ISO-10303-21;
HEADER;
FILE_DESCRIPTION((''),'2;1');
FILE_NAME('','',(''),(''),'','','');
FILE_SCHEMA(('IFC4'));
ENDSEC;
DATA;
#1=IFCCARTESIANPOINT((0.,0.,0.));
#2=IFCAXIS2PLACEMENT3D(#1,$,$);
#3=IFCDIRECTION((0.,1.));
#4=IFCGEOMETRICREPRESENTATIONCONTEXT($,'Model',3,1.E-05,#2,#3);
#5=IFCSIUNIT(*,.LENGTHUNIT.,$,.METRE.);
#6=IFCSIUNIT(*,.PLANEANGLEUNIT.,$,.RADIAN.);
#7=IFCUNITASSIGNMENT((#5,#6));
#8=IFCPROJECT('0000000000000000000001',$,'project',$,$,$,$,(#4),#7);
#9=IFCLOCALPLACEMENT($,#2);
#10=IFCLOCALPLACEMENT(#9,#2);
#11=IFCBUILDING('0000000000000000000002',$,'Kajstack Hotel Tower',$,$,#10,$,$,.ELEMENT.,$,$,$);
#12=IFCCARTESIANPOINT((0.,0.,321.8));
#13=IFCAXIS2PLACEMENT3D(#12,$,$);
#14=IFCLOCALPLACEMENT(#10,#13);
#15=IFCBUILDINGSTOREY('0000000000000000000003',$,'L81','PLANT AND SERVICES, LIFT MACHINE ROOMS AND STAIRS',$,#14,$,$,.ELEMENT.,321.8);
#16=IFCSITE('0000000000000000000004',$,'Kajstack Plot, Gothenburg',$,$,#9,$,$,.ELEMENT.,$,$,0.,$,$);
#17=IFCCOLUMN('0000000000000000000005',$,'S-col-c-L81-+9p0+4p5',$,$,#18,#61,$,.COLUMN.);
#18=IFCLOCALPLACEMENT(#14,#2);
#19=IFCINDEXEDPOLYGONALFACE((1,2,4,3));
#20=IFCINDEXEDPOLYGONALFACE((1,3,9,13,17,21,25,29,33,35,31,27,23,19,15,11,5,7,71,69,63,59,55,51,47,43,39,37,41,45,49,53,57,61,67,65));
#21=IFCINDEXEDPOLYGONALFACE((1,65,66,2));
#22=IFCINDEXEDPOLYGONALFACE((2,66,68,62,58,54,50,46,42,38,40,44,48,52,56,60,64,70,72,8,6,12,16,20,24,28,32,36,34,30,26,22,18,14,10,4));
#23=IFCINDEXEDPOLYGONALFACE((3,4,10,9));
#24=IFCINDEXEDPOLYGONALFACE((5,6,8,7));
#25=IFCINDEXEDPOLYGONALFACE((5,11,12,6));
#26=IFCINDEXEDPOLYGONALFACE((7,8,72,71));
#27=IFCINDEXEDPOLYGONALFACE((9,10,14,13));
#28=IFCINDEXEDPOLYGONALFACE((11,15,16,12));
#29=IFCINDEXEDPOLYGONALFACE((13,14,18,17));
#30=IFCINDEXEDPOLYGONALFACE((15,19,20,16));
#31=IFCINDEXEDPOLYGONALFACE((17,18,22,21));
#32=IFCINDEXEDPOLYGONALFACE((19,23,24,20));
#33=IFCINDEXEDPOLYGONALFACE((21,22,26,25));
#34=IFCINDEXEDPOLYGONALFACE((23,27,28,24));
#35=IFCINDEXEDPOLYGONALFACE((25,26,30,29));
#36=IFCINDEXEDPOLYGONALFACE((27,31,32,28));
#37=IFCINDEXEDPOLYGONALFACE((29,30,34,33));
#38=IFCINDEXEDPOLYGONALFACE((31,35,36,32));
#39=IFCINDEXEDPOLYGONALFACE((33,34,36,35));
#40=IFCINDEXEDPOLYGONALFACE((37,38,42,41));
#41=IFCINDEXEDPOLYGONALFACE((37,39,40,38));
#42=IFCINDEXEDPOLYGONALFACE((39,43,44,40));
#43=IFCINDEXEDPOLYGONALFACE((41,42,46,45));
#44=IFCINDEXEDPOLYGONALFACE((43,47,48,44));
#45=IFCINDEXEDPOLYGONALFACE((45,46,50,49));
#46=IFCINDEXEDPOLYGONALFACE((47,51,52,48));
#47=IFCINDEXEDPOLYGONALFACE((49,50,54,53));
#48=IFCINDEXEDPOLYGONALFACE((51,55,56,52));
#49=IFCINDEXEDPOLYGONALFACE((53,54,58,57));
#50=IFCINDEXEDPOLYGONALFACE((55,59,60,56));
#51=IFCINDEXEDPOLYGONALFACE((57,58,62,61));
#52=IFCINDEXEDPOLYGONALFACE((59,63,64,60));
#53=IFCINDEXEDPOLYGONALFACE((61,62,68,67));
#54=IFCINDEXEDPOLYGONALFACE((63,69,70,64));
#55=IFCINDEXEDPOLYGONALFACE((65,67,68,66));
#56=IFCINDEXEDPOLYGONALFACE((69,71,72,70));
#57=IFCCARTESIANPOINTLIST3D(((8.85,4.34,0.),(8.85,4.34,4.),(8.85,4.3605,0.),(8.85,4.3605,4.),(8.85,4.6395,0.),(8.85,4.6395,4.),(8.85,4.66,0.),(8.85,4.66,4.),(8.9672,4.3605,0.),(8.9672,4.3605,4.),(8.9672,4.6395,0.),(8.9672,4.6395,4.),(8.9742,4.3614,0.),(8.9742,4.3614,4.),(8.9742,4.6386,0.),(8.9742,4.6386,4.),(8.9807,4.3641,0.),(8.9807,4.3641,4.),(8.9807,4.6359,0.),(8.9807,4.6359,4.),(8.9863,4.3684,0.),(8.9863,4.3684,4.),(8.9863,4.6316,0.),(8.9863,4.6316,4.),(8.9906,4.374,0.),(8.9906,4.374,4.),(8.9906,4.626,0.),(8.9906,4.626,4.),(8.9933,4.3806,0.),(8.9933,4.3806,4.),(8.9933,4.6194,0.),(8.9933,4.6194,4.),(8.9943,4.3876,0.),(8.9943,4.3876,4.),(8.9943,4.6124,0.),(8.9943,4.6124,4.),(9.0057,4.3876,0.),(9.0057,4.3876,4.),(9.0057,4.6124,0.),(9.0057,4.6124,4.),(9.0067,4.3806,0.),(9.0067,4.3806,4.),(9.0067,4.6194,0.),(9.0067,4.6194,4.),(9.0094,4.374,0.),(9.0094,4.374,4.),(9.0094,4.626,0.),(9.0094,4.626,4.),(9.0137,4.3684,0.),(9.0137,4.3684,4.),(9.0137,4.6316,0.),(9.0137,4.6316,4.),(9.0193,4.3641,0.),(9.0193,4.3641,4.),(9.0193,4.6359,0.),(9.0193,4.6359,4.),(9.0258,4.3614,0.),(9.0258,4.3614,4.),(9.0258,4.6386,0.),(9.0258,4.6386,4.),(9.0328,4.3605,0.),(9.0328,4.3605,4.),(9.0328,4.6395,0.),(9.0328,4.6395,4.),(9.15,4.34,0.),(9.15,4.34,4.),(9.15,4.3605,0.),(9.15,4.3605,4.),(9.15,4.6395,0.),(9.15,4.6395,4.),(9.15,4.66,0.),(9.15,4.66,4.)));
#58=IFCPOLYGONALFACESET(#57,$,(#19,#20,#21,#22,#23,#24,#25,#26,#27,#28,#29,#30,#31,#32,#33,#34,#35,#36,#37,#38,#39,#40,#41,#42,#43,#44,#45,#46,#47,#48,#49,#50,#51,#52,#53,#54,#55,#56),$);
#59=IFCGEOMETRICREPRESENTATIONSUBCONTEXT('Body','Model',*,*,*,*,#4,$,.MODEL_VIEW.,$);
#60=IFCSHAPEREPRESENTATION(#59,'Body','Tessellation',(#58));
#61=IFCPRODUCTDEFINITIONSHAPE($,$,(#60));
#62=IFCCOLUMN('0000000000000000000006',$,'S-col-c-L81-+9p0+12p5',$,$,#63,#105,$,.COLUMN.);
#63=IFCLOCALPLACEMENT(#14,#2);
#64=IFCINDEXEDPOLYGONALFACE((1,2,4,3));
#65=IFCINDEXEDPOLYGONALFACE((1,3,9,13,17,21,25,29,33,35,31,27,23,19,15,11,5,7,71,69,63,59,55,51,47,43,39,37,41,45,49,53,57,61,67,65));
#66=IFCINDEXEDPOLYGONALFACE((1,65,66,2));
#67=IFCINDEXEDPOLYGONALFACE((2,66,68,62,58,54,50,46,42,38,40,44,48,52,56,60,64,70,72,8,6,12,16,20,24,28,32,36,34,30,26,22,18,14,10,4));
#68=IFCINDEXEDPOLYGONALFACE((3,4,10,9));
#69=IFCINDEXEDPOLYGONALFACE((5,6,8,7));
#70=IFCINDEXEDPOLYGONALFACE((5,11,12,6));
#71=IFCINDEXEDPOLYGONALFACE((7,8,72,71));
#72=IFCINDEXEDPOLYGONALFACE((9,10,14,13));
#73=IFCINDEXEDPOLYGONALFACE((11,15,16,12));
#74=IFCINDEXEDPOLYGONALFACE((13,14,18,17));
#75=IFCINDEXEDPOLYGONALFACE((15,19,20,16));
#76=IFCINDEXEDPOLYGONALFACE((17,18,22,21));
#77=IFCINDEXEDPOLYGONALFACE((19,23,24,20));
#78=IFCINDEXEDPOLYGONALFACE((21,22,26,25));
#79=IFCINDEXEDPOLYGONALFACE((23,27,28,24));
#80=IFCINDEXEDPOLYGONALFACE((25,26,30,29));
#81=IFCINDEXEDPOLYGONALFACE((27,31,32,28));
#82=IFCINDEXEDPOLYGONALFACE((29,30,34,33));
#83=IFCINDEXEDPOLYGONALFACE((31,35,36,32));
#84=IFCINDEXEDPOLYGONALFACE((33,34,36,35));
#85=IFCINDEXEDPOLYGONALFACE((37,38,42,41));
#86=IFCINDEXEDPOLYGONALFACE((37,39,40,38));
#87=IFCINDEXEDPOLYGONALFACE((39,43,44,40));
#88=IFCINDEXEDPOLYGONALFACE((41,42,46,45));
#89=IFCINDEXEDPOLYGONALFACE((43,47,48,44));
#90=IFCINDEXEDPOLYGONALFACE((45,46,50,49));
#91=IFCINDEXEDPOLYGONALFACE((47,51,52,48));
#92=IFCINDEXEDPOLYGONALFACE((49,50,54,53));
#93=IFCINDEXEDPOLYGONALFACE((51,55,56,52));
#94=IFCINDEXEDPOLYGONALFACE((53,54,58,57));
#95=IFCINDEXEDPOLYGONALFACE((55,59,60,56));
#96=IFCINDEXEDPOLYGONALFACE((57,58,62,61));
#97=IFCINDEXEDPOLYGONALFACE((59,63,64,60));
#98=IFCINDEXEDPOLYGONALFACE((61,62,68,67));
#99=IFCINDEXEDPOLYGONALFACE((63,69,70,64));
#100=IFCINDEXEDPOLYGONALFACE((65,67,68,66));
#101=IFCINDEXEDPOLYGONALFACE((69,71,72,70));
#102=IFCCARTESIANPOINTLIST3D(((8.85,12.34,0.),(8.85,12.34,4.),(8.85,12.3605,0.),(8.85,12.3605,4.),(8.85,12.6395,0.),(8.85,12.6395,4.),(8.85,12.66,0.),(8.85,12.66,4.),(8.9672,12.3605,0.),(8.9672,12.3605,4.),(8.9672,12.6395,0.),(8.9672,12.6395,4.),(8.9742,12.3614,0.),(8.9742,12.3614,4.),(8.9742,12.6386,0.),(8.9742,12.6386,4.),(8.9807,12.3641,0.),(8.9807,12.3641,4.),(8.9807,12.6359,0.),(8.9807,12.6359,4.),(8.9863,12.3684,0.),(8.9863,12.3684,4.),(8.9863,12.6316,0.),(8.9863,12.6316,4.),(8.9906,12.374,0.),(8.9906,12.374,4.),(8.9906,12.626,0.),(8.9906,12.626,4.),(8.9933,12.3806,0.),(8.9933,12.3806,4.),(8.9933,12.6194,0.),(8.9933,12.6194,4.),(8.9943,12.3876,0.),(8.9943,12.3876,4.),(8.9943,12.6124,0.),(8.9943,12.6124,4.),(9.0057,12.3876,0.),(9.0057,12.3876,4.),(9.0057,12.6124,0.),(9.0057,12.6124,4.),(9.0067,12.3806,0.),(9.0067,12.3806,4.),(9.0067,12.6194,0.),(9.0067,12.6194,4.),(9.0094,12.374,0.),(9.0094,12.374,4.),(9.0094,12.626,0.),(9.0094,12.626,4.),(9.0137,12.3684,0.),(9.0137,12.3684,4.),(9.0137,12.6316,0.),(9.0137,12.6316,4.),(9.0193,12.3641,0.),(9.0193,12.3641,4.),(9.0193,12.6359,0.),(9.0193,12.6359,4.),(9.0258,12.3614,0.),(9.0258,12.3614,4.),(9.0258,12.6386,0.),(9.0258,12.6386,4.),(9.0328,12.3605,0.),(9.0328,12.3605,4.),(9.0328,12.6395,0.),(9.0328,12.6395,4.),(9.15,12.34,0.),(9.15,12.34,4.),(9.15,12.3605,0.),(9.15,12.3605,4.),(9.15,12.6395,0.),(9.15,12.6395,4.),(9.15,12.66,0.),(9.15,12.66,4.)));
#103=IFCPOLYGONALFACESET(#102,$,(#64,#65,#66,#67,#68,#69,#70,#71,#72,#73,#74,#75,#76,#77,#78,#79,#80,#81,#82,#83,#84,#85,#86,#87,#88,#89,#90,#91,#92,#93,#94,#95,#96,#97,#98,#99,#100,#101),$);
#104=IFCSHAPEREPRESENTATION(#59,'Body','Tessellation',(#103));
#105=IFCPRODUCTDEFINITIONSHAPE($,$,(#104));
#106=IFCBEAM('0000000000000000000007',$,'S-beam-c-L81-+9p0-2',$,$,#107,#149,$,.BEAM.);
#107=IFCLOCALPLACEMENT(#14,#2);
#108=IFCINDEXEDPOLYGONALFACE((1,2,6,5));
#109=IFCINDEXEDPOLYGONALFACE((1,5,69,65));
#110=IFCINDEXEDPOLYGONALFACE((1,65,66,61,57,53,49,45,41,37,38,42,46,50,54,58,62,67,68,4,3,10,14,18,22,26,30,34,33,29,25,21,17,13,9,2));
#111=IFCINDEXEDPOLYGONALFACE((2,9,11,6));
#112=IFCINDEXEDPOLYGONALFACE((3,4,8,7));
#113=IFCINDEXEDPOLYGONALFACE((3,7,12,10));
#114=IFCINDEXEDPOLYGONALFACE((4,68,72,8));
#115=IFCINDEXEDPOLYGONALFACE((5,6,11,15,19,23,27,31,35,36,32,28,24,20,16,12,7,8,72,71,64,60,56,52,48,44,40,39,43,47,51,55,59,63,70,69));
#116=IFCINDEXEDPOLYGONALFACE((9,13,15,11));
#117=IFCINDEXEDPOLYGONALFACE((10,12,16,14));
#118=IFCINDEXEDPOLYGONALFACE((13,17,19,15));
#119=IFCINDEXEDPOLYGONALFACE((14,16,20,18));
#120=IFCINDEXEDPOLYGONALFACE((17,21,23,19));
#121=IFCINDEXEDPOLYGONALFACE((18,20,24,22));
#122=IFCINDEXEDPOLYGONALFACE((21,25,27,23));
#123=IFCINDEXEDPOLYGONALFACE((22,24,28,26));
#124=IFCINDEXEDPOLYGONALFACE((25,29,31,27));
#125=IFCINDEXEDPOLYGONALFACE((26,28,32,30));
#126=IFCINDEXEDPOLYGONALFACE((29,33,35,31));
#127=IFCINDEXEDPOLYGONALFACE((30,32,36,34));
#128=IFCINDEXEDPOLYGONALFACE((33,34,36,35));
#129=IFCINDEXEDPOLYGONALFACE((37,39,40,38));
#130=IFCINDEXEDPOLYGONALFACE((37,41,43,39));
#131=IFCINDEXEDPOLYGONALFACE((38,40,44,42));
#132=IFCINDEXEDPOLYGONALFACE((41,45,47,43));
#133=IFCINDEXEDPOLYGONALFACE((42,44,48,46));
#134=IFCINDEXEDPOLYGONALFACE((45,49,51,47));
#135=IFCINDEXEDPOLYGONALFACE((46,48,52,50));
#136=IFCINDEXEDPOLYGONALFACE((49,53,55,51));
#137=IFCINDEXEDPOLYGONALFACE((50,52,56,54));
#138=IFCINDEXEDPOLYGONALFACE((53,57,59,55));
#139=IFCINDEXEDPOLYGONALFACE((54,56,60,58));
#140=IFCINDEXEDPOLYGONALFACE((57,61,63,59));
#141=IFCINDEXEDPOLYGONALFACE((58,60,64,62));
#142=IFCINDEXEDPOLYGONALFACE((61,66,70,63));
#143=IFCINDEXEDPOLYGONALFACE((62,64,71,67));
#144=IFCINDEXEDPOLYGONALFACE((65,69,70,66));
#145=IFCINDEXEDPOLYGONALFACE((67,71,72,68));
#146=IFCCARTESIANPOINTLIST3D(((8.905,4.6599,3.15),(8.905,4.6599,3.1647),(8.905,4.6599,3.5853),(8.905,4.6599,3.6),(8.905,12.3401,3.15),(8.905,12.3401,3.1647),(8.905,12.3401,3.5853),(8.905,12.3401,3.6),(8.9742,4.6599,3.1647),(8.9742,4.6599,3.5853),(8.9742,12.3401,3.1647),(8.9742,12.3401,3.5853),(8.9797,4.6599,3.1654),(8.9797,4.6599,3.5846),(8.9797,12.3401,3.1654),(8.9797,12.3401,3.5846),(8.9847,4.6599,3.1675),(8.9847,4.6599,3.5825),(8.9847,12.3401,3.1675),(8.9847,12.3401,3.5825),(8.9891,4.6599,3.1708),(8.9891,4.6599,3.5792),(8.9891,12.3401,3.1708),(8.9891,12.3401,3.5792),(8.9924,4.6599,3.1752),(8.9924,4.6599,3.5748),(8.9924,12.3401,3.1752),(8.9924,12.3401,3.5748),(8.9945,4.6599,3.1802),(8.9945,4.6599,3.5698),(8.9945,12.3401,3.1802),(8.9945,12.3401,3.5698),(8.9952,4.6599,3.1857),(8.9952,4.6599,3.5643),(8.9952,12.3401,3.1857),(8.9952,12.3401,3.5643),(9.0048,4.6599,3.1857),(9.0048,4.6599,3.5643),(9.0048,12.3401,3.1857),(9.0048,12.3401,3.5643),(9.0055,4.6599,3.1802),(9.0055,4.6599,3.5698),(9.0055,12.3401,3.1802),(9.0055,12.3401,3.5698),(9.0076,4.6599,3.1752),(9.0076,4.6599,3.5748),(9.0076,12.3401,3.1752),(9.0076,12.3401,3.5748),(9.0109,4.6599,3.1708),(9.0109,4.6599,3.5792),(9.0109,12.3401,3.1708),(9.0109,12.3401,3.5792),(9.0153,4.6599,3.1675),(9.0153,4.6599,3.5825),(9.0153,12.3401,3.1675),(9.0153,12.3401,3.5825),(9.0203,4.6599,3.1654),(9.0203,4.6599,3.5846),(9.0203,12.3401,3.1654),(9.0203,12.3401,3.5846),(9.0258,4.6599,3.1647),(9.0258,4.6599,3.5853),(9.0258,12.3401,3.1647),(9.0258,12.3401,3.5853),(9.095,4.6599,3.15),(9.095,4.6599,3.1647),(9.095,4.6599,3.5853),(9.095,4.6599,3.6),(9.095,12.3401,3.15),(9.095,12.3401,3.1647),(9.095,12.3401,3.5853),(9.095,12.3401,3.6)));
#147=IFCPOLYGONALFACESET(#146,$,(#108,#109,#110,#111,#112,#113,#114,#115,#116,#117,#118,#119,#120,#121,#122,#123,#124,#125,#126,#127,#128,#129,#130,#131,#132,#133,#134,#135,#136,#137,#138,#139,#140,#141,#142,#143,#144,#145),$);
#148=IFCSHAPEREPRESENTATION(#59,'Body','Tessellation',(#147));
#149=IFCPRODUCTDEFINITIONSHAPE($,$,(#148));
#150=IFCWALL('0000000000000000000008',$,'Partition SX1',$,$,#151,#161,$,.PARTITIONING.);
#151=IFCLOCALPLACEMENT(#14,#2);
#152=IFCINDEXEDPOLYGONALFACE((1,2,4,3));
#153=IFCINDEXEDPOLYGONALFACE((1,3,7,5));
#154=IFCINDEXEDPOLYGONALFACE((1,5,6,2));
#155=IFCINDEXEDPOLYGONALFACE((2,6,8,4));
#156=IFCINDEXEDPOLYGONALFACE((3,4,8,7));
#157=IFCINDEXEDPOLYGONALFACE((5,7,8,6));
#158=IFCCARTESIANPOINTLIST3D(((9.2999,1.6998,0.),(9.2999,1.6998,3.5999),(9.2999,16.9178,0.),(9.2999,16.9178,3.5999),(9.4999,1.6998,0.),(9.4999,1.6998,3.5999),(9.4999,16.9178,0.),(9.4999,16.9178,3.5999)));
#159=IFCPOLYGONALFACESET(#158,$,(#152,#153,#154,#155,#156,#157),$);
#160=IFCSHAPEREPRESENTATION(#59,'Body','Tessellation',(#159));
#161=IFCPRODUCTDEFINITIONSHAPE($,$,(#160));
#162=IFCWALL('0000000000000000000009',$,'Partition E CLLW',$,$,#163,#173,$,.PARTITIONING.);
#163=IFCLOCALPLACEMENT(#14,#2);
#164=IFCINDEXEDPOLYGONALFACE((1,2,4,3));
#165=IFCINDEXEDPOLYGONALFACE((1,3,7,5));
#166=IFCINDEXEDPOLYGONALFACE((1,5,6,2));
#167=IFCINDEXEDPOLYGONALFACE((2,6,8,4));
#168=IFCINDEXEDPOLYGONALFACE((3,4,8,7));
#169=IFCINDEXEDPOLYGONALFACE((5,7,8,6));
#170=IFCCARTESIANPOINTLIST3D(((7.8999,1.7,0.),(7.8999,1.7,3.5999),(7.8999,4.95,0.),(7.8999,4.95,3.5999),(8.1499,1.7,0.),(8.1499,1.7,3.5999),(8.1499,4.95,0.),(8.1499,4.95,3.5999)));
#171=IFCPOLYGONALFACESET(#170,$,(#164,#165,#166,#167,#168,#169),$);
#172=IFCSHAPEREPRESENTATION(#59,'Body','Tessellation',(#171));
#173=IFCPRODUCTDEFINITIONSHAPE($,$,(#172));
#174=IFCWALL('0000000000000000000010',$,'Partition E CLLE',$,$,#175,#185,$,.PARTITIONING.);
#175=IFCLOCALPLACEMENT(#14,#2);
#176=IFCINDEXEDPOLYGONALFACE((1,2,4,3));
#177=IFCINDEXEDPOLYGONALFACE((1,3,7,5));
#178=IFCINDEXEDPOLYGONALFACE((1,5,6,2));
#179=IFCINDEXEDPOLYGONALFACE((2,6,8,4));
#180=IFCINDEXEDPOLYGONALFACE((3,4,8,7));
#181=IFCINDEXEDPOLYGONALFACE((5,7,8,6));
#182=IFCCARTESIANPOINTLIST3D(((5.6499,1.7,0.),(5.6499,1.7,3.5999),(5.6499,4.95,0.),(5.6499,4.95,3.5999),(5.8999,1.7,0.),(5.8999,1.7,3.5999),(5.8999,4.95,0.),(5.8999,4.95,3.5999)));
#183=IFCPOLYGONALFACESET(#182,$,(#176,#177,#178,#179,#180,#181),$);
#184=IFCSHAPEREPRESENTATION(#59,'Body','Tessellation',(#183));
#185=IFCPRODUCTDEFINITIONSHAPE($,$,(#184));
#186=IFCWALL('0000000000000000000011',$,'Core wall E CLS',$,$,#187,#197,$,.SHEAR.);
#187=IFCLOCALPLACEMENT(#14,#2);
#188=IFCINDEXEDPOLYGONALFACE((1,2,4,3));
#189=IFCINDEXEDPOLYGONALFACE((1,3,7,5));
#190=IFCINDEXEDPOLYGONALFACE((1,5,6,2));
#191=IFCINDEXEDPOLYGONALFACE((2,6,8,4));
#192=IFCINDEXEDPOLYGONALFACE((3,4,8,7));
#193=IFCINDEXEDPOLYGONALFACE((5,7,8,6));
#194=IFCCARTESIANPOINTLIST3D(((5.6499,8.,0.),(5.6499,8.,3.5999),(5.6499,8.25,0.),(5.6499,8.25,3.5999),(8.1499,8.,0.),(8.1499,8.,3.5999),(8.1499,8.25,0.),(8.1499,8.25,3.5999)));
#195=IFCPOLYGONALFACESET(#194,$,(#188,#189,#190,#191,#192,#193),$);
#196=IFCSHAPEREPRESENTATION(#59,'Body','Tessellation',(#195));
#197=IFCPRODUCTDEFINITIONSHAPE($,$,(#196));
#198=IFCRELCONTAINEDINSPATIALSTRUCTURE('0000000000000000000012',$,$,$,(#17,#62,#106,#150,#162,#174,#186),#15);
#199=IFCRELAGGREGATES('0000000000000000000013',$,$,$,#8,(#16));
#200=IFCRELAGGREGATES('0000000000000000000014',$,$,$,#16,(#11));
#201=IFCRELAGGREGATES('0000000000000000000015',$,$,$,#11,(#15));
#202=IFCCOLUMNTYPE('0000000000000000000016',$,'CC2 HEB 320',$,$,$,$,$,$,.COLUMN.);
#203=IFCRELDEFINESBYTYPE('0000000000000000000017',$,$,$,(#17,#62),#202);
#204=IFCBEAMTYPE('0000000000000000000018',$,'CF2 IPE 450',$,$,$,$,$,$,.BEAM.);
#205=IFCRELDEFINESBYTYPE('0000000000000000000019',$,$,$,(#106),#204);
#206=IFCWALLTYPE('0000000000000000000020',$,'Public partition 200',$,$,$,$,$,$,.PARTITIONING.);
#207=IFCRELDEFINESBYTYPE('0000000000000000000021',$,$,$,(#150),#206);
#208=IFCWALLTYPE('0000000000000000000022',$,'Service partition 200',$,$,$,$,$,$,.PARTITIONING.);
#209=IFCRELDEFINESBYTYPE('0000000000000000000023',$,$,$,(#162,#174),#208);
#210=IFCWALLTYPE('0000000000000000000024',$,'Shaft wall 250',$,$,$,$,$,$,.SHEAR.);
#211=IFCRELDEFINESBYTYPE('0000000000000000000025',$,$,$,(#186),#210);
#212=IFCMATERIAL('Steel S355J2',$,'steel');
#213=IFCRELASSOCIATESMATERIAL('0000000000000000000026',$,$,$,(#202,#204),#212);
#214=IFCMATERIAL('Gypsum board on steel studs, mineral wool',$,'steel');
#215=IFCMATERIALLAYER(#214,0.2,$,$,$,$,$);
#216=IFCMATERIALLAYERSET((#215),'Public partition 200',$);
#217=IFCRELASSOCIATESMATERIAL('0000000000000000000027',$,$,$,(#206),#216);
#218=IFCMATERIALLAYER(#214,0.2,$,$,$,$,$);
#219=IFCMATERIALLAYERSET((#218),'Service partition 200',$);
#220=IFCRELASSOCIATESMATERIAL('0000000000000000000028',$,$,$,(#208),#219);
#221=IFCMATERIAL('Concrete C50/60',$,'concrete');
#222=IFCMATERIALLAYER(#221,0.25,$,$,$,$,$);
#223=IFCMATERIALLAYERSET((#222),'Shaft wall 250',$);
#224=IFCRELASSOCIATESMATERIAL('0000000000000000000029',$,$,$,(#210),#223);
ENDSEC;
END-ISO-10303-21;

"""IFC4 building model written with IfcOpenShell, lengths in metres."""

from ifc_helpers import new_model, si_unit, direction, frame, frame_2d, origin, origin_2d, place, context, subcontext, project, spatial, rectangle, i_section, extrude, material, layer, layer_set, material_profile, profile_set, type_object, element, save


model = new_model("IFC4")

# Units and contexts
model_context = context("Model", 3, precision=1e-05, world=origin(), true_north=direction((0.0, 1.0)))
body_context = subcontext(model_context, "Body", "Model", "MODEL_VIEW")
ifc_project = project(units=[si_unit("LENGTHUNIT", "METRE"), si_unit("PLANEANGLEUNIT", "RADIAN")], contexts=[model_context])

# Site, building, storey
site_placement = place(None, origin())
site = spatial("IfcSite", under=ifc_project, at=site_placement, Name="Kajstack Plot, Gothenburg", CompositionType="ELEMENT", RefElevation=0.0)
building_placement = place(site_placement, origin())
building = spatial("IfcBuilding", under=site, at=building_placement, Name="Kajstack Hotel Tower", CompositionType="ELEMENT")
storey_placement = place(building_placement, frame((0.0, 0.0, 321.8)))
storey = spatial("IfcBuildingStorey", under=building, at=storey_placement, Name="L81", Description="PLANT AND SERVICES, LIFT MACHINE ROOMS AND STAIRS", CompositionType="ELEMENT", Elevation=321.8)

# Columns
ifc_material_1 = material(Name="Steel S355J2", Category="steel")
ifc_material_profile_1 = material_profile(ifc_material_1, i_section(OverallWidth=0.3, OverallDepth=0.3201, WebThickness=0.0115, FlangeThickness=0.0205, FilletRadius=0.0271, at=origin_2d()), Name="HEB 320")
ifc_profile_set_1 = profile_set([ifc_material_profile_1], Name="Steel S355J2")
column_type = type_object("IfcColumnType", Name="CC2 HEB 320", PredefinedType="COLUMN", material=ifc_profile_set_1)
for number, where, z_axis, x_axis, name in (
    (1, (9.0, 4.5, 0.0), (0.0, 0.0, 1.0), (1.0, 0.0, 0.0), "S-col-c-L81-+9p0+4p5"),
    (2, (9.0, 12.5, 0.0), (0.0, 0.0, 1.0), (1.0, 0.0, 0.0), "S-col-c-L81-+9p0+12p5"),
):
    element("IfcColumn", number, at=place(storey_placement, frame(where, z_axis=z_axis, x_axis=x_axis)), inside=storey, type_object=column_type, Name=name, PredefinedType="COLUMN", context=body_context, shape_type="SweptSolid", body=[
        extrude(i_section(OverallWidth=0.3, OverallDepth=0.3201, WebThickness=0.0115, FlangeThickness=0.0205, FilletRadius=0.0271, at=origin_2d()), origin(), (0.0, 0.0, 1.0), 4.0),
    ])

# Beam
ifc_material_profile_2 = material_profile(ifc_material_1, i_section(OverallWidth=0.1899, OverallDepth=0.45, WebThickness=0.0095, FlangeThickness=0.0146, FilletRadius=0.021, at=origin_2d()), Name="IPE 450")
ifc_profile_set_2 = profile_set([ifc_material_profile_2], Name="Steel S355J2")
beam_type = type_object("IfcBeamType", Name="CF2 IPE 450", PredefinedType="BEAM", material=ifc_profile_set_2)
beam_placement = place(storey_placement, frame((9.0, 4.6599, 3.375), z_axis=(0.0, 1.0, 0.0), x_axis=(-1.0, 0.0, 0.0)))
element("IfcBeam", 3, at=beam_placement, inside=storey, type_object=beam_type, Name="S-beam-c-L81-+9p0-2", PredefinedType="BEAM", context=body_context, shape_type="SweptSolid", body=[
    extrude(i_section(OverallWidth=0.1899, OverallDepth=0.45, WebThickness=0.0095, FlangeThickness=0.0146, FilletRadius=0.021, at=origin_2d()), origin(), (0.0, 0.0, 1.0), 7.6802),
])

# Walls
ifc_material_2 = material(Name="Gypsum board on steel studs, mineral wool", Category="steel")
ifc_layer_1 = layer(ifc_material_2, 0.2)
ifc_layer_set_1 = layer_set([ifc_layer_1], Name="Public partition 200")
wall_type_1 = type_object("IfcWallType", Name="Public partition 200", PredefinedType="PARTITIONING", material=ifc_layer_set_1)
wall_1_placement = place(storey_placement, frame((9.3999, 1.7, 0.0), z_axis=(0.0, 0.0, 1.0), x_axis=(0.0, 1.0, 0.0)))
element("IfcWall", 4, at=wall_1_placement, inside=storey, type_object=wall_type_1, Name="Partition SX1", PredefinedType="PARTITIONING", context=body_context, shape_type="SweptSolid", body=[
    extrude(rectangle(XDim=15.218, YDim=0.2, at=frame_2d((7.6089, 0.0))), origin(), (0.0, 0.0, 1.0), 3.5999),
])
ifc_layer_2 = layer(ifc_material_2, 0.2)
ifc_layer_set_2 = layer_set([ifc_layer_2], Name="Service partition 200")
wall_type_2 = type_object("IfcWallType", Name="Service partition 200", PredefinedType="PARTITIONING", material=ifc_layer_set_2)
for number, where, z_axis, x_axis, name in (
    (5, (8.0249, 1.7, 0.0), (0.0, 0.0, 1.0), (0.0, 1.0, 0.0), "Partition E CLLW"),
    (6, (5.7749, 1.7, 0.0), (0.0, 0.0, 1.0), (0.0, 1.0, 0.0), "Partition E CLLE"),
):
    element("IfcWall", number, at=place(storey_placement, frame(where, z_axis=z_axis, x_axis=x_axis)), inside=storey, type_object=wall_type_2, Name=name, PredefinedType="PARTITIONING", context=body_context, shape_type="SweptSolid", body=[
        extrude(rectangle(XDim=3.25, YDim=0.25, at=frame_2d((1.625, 0.0))), origin(), (0.0, 0.0, 1.0), 3.5999),
    ])
ifc_material_3 = material(Name="Concrete C50/60", Category="concrete")
ifc_layer_3 = layer(ifc_material_3, 0.25)
ifc_layer_set_3 = layer_set([ifc_layer_3], Name="Shaft wall 250")
wall_type_3 = type_object("IfcWallType", Name="Shaft wall 250", PredefinedType="SHEAR", material=ifc_layer_set_3)
wall_2_placement = place(storey_placement, frame((5.6499, 8.125, 0.0), z_axis=(0.0, 0.0, 1.0), x_axis=(1.0, 0.0, 0.0)))
element("IfcWall", 7, at=wall_2_placement, inside=storey, type_object=wall_type_3, Name="Core wall E CLS", PredefinedType="SHEAR", context=body_context, shape_type="SweptSolid", body=[
    extrude(rectangle(XDim=2.5, YDim=0.25, at=frame_2d((1.25, 0.0))), origin(), (0.0, 0.0, 1.0), 3.5999),
])

save(model, "model.ifc")
